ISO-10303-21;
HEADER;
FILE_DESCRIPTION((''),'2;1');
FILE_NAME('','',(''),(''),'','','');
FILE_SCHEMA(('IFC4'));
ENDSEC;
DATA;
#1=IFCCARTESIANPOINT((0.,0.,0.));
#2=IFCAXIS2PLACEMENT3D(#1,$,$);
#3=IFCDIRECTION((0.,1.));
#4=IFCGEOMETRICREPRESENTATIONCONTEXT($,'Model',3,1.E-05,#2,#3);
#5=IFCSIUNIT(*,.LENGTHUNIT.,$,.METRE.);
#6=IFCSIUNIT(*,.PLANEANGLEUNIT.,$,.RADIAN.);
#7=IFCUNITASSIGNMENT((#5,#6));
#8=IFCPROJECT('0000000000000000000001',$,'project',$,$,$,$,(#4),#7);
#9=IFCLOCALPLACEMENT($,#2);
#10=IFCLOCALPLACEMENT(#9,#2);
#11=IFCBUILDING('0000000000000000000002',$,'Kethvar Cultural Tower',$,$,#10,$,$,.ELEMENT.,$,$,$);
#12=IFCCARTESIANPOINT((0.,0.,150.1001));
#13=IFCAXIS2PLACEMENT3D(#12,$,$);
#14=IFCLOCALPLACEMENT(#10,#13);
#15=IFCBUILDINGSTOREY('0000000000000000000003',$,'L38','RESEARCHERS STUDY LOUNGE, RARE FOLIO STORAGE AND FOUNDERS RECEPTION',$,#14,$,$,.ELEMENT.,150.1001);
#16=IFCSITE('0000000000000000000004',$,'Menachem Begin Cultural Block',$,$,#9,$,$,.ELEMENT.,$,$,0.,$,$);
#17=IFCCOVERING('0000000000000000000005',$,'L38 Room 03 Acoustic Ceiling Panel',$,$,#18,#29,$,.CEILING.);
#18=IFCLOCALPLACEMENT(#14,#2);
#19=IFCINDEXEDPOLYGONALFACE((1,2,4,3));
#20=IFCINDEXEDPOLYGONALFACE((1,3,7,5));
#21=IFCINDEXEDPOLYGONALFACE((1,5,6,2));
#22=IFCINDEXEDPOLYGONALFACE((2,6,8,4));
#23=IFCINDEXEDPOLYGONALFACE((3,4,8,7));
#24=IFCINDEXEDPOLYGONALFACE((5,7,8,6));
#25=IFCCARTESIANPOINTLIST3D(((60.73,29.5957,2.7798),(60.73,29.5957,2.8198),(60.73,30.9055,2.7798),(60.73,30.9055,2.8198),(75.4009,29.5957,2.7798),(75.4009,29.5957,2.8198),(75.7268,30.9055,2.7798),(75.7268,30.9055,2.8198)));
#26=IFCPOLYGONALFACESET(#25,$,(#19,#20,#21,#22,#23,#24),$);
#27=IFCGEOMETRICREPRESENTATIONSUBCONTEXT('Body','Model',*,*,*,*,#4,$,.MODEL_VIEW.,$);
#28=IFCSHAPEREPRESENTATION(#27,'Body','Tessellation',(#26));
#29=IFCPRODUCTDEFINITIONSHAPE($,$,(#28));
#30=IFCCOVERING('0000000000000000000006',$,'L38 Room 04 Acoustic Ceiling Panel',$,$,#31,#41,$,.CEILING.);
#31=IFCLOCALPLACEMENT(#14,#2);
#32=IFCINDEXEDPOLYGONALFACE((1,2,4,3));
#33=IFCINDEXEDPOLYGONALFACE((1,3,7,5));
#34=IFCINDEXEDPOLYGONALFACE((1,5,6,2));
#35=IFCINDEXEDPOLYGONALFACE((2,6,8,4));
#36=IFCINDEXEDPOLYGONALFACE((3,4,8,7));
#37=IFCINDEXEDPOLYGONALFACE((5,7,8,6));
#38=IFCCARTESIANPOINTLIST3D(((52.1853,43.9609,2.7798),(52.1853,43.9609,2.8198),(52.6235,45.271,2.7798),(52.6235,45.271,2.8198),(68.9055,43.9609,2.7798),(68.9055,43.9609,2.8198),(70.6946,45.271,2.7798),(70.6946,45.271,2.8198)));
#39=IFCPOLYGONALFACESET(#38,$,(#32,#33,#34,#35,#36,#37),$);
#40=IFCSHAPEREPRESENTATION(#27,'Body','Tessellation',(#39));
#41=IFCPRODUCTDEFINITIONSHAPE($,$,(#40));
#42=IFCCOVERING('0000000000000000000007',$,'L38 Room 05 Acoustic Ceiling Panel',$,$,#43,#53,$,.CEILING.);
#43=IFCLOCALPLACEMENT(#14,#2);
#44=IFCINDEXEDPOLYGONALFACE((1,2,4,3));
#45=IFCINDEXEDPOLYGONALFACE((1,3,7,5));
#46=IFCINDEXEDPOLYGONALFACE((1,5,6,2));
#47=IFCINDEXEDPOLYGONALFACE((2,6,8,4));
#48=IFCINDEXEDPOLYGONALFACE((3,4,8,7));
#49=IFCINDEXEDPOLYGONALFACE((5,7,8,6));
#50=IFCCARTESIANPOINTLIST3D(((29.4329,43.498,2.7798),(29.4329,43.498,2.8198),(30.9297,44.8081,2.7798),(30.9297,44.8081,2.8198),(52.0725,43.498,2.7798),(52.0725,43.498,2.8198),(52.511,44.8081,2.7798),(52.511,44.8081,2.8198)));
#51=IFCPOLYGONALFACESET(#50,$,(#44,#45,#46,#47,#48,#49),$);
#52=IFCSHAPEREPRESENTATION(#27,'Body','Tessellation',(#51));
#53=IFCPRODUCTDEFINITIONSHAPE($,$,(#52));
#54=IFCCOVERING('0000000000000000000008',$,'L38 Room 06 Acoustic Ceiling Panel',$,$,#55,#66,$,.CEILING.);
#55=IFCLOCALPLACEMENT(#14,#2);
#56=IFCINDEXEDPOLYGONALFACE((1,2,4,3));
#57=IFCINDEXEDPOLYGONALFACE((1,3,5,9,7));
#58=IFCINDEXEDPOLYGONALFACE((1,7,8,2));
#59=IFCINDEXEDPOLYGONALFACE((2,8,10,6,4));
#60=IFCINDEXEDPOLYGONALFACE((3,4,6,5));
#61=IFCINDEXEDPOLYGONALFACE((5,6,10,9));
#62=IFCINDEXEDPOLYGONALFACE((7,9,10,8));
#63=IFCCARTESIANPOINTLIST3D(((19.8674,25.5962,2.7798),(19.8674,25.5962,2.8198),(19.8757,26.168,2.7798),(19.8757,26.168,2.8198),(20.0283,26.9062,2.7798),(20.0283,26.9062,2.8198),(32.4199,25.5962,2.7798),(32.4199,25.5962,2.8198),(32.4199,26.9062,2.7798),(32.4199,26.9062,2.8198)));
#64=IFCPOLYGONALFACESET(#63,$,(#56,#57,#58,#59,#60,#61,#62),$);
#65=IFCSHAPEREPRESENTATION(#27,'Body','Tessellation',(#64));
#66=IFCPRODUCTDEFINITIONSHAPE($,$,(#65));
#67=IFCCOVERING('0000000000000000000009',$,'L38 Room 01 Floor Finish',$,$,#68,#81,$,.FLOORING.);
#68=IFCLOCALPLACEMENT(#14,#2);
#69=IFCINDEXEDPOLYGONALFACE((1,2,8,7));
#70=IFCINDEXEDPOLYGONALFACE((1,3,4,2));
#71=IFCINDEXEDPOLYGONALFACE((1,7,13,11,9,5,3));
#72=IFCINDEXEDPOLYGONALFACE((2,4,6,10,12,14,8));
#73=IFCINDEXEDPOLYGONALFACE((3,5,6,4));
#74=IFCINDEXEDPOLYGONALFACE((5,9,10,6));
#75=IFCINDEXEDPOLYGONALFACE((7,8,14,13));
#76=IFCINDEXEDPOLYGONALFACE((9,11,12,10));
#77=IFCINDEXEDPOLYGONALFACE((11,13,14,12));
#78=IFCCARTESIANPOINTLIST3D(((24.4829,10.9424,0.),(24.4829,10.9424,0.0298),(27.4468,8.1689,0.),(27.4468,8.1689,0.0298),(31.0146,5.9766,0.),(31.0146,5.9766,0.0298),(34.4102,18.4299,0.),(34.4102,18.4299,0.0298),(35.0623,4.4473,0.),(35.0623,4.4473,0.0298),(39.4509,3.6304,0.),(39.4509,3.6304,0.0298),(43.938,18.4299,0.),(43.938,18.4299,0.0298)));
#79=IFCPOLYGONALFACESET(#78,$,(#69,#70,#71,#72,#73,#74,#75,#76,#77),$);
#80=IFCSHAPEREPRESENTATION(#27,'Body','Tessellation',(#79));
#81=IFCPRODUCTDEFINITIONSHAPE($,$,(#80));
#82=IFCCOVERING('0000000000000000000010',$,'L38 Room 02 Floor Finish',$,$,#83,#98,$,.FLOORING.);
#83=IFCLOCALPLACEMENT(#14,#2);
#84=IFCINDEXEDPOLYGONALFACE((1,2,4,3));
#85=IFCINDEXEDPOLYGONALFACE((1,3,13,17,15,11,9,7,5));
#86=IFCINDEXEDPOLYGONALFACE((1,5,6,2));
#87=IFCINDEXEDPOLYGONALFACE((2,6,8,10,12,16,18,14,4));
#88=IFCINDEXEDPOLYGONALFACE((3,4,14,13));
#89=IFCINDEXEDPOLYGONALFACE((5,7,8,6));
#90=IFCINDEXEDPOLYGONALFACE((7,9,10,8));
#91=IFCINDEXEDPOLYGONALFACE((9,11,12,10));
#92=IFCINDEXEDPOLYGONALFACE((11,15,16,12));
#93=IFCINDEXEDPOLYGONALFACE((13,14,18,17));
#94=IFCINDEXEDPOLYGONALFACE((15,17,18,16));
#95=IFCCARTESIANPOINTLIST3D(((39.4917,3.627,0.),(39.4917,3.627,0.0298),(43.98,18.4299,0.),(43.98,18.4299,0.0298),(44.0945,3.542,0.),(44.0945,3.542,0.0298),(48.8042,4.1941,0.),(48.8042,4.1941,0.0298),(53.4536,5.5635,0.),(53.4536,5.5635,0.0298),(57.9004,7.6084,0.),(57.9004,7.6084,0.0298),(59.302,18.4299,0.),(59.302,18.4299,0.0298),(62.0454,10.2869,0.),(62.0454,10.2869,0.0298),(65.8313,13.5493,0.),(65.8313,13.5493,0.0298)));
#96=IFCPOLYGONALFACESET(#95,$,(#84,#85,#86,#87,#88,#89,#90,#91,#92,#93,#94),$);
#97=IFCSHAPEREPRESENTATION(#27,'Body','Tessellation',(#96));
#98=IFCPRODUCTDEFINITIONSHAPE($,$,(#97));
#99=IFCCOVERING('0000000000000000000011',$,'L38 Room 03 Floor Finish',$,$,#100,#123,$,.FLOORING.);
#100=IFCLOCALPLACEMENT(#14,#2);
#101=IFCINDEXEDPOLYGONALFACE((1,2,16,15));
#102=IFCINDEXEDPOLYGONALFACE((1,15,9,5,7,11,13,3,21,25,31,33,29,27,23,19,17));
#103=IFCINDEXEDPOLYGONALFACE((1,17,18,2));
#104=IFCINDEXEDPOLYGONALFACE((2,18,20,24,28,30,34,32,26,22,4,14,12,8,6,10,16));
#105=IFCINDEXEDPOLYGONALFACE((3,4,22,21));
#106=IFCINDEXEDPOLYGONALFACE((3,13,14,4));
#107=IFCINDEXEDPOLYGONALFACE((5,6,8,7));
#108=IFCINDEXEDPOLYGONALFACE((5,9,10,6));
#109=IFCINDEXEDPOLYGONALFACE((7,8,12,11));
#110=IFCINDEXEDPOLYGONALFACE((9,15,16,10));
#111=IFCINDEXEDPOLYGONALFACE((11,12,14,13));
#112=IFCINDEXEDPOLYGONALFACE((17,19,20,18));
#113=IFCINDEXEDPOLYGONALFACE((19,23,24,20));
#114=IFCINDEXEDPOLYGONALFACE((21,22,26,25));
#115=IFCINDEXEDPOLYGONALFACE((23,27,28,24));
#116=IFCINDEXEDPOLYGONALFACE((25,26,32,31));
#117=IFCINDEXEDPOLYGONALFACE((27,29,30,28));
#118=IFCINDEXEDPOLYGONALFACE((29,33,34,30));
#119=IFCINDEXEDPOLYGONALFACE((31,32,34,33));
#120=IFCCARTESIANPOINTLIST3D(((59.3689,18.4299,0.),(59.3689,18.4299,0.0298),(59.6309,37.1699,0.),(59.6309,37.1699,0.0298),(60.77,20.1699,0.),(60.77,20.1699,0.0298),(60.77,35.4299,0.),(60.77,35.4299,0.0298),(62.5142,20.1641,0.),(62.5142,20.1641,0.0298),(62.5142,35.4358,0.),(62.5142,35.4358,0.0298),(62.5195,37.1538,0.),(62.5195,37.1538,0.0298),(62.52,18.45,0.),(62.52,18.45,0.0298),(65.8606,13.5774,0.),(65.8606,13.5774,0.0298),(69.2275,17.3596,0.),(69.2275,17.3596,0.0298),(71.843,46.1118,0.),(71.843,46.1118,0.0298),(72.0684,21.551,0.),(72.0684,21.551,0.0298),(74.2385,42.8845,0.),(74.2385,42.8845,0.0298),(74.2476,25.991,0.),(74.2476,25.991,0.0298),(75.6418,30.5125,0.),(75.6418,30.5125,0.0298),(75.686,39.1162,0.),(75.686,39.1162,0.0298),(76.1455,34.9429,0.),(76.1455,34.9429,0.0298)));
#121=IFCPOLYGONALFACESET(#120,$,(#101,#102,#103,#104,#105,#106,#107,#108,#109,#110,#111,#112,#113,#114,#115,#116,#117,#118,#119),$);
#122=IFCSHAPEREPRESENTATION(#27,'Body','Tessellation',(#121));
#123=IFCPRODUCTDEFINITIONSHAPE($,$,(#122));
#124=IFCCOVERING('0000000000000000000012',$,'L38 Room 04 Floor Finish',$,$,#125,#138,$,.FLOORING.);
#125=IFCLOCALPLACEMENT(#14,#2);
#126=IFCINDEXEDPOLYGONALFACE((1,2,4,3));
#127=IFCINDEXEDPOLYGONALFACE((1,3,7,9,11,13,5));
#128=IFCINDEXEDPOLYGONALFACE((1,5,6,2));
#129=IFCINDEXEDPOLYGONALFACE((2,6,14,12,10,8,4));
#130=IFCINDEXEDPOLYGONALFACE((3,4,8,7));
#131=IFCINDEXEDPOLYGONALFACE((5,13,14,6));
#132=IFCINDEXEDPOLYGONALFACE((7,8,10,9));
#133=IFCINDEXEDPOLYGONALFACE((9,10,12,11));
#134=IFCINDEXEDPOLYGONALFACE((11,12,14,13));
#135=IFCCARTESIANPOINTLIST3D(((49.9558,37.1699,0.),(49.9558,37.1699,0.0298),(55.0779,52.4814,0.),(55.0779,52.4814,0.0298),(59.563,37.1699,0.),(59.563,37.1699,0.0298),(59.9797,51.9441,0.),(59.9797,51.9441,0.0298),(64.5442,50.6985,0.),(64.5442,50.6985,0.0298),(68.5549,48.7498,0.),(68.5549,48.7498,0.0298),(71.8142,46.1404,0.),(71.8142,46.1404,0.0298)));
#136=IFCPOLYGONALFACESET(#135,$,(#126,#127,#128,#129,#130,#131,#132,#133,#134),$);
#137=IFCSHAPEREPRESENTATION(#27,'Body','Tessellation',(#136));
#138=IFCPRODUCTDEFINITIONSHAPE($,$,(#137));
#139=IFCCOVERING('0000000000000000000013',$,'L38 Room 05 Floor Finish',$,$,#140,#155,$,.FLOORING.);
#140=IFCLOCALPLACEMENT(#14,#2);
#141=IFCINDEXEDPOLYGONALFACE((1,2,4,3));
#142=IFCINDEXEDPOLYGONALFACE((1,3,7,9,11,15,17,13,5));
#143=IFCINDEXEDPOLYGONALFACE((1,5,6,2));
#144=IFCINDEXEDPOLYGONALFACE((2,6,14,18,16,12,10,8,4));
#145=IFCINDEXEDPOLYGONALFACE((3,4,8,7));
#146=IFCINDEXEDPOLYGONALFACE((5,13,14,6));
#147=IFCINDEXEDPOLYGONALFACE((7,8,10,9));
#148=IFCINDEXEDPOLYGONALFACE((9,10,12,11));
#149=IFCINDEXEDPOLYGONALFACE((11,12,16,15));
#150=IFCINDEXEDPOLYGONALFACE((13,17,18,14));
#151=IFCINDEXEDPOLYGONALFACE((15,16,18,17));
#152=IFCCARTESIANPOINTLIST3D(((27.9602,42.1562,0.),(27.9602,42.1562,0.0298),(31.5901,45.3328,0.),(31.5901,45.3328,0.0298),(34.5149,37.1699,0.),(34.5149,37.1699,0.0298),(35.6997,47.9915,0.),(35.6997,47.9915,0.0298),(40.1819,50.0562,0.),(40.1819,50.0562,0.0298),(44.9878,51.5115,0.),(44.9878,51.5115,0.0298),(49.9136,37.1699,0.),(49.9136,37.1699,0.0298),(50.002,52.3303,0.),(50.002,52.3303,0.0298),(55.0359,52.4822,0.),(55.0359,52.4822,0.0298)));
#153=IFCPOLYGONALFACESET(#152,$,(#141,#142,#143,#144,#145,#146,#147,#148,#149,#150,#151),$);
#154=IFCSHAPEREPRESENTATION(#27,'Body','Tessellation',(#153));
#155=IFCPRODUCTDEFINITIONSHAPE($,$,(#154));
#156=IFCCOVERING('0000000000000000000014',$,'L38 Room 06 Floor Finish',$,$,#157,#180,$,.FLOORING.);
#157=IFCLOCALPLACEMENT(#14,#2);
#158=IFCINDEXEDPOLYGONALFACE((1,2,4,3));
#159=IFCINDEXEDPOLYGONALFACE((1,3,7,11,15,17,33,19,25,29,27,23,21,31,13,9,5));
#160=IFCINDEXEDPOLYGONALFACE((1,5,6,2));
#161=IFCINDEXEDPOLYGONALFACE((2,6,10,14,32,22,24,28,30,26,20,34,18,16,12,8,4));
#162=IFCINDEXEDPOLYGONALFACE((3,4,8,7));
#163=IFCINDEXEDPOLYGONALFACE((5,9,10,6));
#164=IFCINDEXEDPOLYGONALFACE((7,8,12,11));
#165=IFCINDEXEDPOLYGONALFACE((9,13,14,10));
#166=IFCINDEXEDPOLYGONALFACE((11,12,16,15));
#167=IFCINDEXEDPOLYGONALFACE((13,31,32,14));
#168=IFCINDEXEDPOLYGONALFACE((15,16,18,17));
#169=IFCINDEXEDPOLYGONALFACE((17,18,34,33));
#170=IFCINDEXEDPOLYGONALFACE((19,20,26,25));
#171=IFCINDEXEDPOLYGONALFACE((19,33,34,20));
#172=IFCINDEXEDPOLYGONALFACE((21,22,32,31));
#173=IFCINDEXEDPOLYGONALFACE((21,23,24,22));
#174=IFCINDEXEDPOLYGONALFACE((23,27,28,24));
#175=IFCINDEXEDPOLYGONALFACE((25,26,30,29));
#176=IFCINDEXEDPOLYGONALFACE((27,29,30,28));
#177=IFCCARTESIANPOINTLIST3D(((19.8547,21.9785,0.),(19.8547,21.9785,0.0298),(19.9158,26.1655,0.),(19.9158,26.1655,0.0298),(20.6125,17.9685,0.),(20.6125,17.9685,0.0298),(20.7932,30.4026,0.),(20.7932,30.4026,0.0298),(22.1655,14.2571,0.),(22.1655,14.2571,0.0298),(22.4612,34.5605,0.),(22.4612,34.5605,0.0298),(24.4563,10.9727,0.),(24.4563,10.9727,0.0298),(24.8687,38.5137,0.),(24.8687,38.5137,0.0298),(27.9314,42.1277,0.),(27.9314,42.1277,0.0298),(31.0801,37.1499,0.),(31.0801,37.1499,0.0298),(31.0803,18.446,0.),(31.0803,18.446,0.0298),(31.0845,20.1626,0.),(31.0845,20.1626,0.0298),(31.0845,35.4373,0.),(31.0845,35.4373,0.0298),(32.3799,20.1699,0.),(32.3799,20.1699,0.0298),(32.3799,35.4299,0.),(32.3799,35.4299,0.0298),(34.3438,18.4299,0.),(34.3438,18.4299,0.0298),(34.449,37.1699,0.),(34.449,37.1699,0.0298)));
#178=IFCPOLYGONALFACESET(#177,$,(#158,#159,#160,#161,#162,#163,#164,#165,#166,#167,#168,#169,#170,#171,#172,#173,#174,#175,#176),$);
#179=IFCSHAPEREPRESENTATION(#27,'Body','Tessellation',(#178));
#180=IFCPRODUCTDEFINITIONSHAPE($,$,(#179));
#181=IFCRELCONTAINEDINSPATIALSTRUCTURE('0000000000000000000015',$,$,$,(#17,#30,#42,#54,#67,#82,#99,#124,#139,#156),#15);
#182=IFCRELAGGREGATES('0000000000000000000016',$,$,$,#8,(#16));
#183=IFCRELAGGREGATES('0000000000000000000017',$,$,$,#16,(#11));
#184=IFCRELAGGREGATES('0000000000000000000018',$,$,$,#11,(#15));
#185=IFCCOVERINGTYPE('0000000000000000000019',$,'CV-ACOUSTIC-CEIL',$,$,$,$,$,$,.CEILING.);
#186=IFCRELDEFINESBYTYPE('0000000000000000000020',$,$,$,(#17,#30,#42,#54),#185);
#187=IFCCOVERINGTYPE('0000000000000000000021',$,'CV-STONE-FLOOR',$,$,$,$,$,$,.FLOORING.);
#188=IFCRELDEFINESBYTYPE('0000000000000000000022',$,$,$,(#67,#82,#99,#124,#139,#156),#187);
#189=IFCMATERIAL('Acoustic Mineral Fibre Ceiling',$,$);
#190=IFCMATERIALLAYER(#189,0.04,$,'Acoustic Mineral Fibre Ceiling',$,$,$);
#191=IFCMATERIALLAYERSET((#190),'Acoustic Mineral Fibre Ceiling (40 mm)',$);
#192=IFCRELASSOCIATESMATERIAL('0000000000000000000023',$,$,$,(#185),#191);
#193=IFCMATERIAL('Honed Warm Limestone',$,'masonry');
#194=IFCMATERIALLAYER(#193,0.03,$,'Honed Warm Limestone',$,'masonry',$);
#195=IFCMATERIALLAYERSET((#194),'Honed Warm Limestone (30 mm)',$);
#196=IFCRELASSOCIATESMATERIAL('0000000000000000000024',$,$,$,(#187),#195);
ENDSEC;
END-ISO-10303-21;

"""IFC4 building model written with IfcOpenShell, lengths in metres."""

from ifc_helpers import new_model, si_unit, direction, frame, origin, place, context, subcontext, project, spatial, polyline, outline, extrude, material, layer, layer_set, type_object, element, save


model = new_model("IFC4")

# Units and contexts
model_context = context("Model", 3, precision=1e-05, world=origin(), true_north=direction((0.0, 1.0)))
body_context = subcontext(model_context, "Body", "Model", "MODEL_VIEW")
ifc_project = project(units=[si_unit("LENGTHUNIT", "METRE"), si_unit("PLANEANGLEUNIT", "RADIAN")], contexts=[model_context])

# Site, building, storey
site_placement = place(None, origin())
site = spatial("IfcSite", under=ifc_project, at=site_placement, Name="Menachem Begin Cultural Block", CompositionType="ELEMENT", RefElevation=0.0)
building_placement = place(site_placement, origin())
building = spatial("IfcBuilding", under=site, at=building_placement, Name="Kethvar Cultural Tower", CompositionType="ELEMENT")
storey_placement = place(building_placement, frame((0.0, 0.0, 150.1001)))
storey = spatial("IfcBuildingStorey", under=building, at=storey_placement, Name="L38", Description="RESEARCHERS STUDY LOUNGE, RARE FOLIO STORAGE AND FOUNDERS RECEPTION", CompositionType="ELEMENT", Elevation=150.1001)

# Coverings
ifc_material_1 = material(Name="Acoustic Mineral Fibre Ceiling")
ifc_layer_1 = layer(ifc_material_1, 0.04, Name="Acoustic Mineral Fibre Ceiling")
ifc_layer_set_1 = layer_set([ifc_layer_1], Name="Acoustic Mineral Fibre Ceiling (40 mm)")
covering_type_1 = type_object("IfcCoveringType", Name="CV-ACOUSTIC-CEIL", PredefinedType="CEILING", material=ifc_layer_set_1)
covering_1_placement = place(storey_placement, frame((0.0, 0.0, 2.7798)))
element("IfcCovering", 1, at=covering_1_placement, inside=storey, type_object=covering_type_1, Name="L38 Room 03 Acoustic Ceiling Panel", PredefinedType="CEILING", context=body_context, shape_type="SweptSolid", body=[
    extrude(outline(polyline([(75.7268, 30.9055), (75.4009, 29.5957), (60.73, 29.5957), (60.73, 30.9055), (75.7268, 30.9055)])), origin(), (0.0, 0.0, 1.0), 0.04),
])
covering_2_placement = place(storey_placement, frame((0.0, 0.0, 2.7798)))
element("IfcCovering", 2, at=covering_2_placement, inside=storey, type_object=covering_type_1, Name="L38 Room 04 Acoustic Ceiling Panel", PredefinedType="CEILING", context=body_context, shape_type="SweptSolid", body=[
    extrude(outline(polyline([(68.9055, 43.9609), (52.1853, 43.9609), (52.6235, 45.271), (70.6946, 45.271), (68.9055, 43.9609)])), origin(), (0.0, 0.0, 1.0), 0.04),
])
covering_3_placement = place(storey_placement, frame((0.0, 0.0, 2.7798)))
element("IfcCovering", 3, at=covering_3_placement, inside=storey, type_object=covering_type_1, Name="L38 Room 05 Acoustic Ceiling Panel", PredefinedType="CEILING", context=body_context, shape_type="SweptSolid", body=[
    extrude(outline(polyline([(30.9297, 44.8081), (52.511, 44.8081), (52.0725, 43.498), (29.4329, 43.498), (30.9297, 44.8081)])), origin(), (0.0, 0.0, 1.0), 0.04),
])
covering_4_placement = place(storey_placement, frame((0.0, 0.0, 2.7798)))
element("IfcCovering", 4, at=covering_4_placement, inside=storey, type_object=covering_type_1, Name="L38 Room 06 Acoustic Ceiling Panel", PredefinedType="CEILING", context=body_context, shape_type="SweptSolid", body=[
    extrude(outline(polyline([(19.8757, 26.168), (20.0283, 26.9062), (32.4199, 26.9062), (32.4199, 25.5962), (19.8674, 25.5962), (19.8757, 26.168)])), origin(), (0.0, 0.0, 1.0), 0.04),
])
ifc_material_2 = material(Name="Honed Warm Limestone", Category="masonry")
ifc_layer_2 = layer(ifc_material_2, 0.03, Name="Honed Warm Limestone", Category="masonry")
ifc_layer_set_2 = layer_set([ifc_layer_2], Name="Honed Warm Limestone (30 mm)")
covering_type_2 = type_object("IfcCoveringType", Name="CV-STONE-FLOOR", PredefinedType="FLOORING", material=ifc_layer_set_2)
covering_5_placement = place(storey_placement, origin())
element("IfcCovering", 5, at=covering_5_placement, inside=storey, type_object=covering_type_2, Name="L38 Room 01 Floor Finish", PredefinedType="FLOORING", context=body_context, shape_type="SweptSolid", body=[
    extrude(outline(polyline([(35.0623, 4.4473), (31.0146, 5.9766), (27.4468, 8.1689), (24.4829, 10.9424), (34.4102, 18.4299), (43.938, 18.4299), (39.4509, 3.6304), (35.0623, 4.4473)])), origin(), (0.0, 0.0, 1.0), 0.0298),
])
covering_6_placement = place(storey_placement, origin())
element("IfcCovering", 6, at=covering_6_placement, inside=storey, type_object=covering_type_2, Name="L38 Room 02 Floor Finish", PredefinedType="FLOORING", context=body_context, shape_type="SweptSolid", body=[
    extrude(outline(polyline([(62.0454, 10.2869), (57.9004, 7.6084), (53.4536, 5.5635), (48.8042, 4.1941), (44.0945, 3.542), (39.4917, 3.627), (43.98, 18.4299), (59.302, 18.4299), (65.8313, 13.5493), (62.0454, 10.2869)])), origin(), (0.0, 0.0, 1.0), 0.0298),
])
covering_7_placement = place(storey_placement, origin())
element("IfcCovering", 7, at=covering_7_placement, inside=storey, type_object=covering_type_2, Name="L38 Room 03 Floor Finish", PredefinedType="FLOORING", context=body_context, shape_type="SweptSolid", body=[
    extrude(outline(polyline([(76.1455, 34.9429), (75.6418, 30.5125), (74.2476, 25.991), (72.0684, 21.551), (69.2275, 17.3596), (65.8606, 13.5774), (59.3689, 18.4299), (62.52, 18.45), (62.5142, 20.1641), (60.77, 20.1699), (60.77, 35.4299), (62.5142, 35.4358), (62.5195, 37.1538), (59.6309, 37.1699), (71.843, 46.1118), (74.2385, 42.8845), (75.686, 39.1162), (76.1455, 34.9429)])), origin(), (0.0, 0.0, 1.0), 0.0298),
])
covering_8_placement = place(storey_placement, origin())
element("IfcCovering", 8, at=covering_8_placement, inside=storey, type_object=covering_type_2, Name="L38 Room 04 Floor Finish", PredefinedType="FLOORING", context=body_context, shape_type="SweptSolid", body=[
    extrude(outline(polyline([(59.9797, 51.9441), (64.5442, 50.6985), (68.5549, 48.7498), (71.8142, 46.1404), (59.563, 37.1699), (49.9558, 37.1699), (55.0779, 52.4814), (59.9797, 51.9441)])), origin(), (0.0, 0.0, 1.0), 0.0298),
])
covering_9_placement = place(storey_placement, origin())
element("IfcCovering", 9, at=covering_9_placement, inside=storey, type_object=covering_type_2, Name="L38 Room 05 Floor Finish", PredefinedType="FLOORING", context=body_context, shape_type="SweptSolid", body=[
    extrude(outline(polyline([(27.9602, 42.1562), (31.5901, 45.3328), (35.6997, 47.9915), (40.1819, 50.0562), (44.9878, 51.5115), (50.002, 52.3303), (55.0359, 52.4822), (49.9136, 37.1699), (34.5149, 37.1699), (27.9602, 42.1562)])), origin(), (0.0, 0.0, 1.0), 0.0298),
])
covering_10_placement = place(storey_placement, origin())
element("IfcCovering", 10, at=covering_10_placement, inside=storey, type_object=covering_type_2, Name="L38 Room 06 Floor Finish", PredefinedType="FLOORING", context=body_context, shape_type="SweptSolid", body=[
    extrude(outline(polyline([(22.1655, 14.2571), (20.6125, 17.9685), (19.8547, 21.9785), (19.9158, 26.1655), (20.7932, 30.4026), (22.4612, 34.5605), (24.8687, 38.5137), (27.9314, 42.1277), (34.449, 37.1699), (31.0801, 37.1499), (31.0845, 35.4373), (32.3799, 35.4299), (32.3799, 20.1699), (31.0845, 20.1626), (31.0803, 18.446), (34.3438, 18.4299), (24.4563, 10.9727), (22.1655, 14.2571)])), origin(), (0.0, 0.0, 1.0), 0.0298),
])

save(model, "model.ifc")
